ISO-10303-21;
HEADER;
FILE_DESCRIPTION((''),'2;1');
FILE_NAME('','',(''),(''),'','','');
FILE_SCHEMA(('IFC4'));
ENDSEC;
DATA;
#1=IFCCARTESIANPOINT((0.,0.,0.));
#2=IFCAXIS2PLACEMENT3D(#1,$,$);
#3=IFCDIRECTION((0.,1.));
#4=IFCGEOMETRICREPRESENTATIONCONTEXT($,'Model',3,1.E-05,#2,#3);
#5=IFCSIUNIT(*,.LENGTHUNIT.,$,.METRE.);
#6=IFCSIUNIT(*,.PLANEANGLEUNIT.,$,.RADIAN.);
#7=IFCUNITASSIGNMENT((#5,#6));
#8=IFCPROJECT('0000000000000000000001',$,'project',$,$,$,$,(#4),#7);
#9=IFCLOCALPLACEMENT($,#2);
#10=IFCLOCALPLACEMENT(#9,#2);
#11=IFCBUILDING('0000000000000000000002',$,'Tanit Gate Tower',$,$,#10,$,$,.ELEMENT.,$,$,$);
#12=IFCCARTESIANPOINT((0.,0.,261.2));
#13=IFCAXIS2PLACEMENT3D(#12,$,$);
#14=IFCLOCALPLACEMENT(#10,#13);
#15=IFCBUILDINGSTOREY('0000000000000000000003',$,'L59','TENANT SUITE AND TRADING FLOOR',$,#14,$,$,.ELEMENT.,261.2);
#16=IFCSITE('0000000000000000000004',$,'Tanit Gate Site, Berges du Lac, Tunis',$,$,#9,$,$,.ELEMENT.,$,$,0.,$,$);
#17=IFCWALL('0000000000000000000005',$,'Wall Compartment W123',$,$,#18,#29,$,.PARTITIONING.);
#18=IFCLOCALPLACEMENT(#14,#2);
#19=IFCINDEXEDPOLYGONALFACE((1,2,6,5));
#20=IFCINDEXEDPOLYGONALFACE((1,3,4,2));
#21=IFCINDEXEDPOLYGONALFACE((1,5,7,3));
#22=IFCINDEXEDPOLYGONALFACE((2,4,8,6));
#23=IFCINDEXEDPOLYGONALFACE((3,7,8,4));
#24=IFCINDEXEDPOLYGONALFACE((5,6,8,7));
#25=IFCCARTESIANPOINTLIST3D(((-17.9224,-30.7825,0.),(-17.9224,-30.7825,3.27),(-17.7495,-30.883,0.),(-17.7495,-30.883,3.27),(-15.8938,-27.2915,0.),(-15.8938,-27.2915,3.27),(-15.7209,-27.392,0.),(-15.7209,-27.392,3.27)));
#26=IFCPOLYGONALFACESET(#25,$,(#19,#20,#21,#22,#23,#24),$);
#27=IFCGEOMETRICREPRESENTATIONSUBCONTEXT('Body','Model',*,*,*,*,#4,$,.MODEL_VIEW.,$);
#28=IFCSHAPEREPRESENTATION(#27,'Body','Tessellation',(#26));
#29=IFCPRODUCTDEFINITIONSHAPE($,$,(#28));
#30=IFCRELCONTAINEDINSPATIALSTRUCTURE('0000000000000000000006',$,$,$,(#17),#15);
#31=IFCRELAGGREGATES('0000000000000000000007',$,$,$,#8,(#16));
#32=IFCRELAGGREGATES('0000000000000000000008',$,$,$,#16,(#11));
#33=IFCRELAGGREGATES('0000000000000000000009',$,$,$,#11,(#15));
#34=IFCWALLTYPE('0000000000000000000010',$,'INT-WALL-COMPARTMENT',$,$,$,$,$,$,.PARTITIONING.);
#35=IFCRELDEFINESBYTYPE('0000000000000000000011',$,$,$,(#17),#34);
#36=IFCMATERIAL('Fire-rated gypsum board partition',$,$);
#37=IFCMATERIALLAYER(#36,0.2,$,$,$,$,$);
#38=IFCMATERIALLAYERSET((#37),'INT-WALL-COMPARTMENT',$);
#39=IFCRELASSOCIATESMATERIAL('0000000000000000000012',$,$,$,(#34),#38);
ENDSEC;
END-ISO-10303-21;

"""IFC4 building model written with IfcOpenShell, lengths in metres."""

from ifc_helpers import new_model, si_unit, direction, frame, frame_2d, origin, place, context, subcontext, project, spatial, rectangle, extrude, material, layer, layer_set, type_object, element, save


model = new_model("IFC4")

# Units and contexts
model_context = context("Model", 3, precision=1e-05, world=origin(), true_north=direction((0.0, 1.0)))
body_context = subcontext(model_context, "Body", "Model", "MODEL_VIEW")
ifc_project = project(units=[si_unit("LENGTHUNIT", "METRE"), si_unit("PLANEANGLEUNIT", "RADIAN")], contexts=[model_context])

# Site, building, storey
site_placement = place(None, origin())
site = spatial("IfcSite", under=ifc_project, at=site_placement, Name="Tanit Gate Site, Berges du Lac, Tunis", CompositionType="ELEMENT", RefElevation=0.0)
building_placement = place(site_placement, origin())
building = spatial("IfcBuilding", under=site, at=building_placement, Name="Tanit Gate Tower", CompositionType="ELEMENT")
storey_placement = place(building_placement, frame((0.0, 0.0, 261.2)))
storey = spatial("IfcBuildingStorey", under=building, at=storey_placement, Name="L59", Description="TENANT SUITE AND TRADING FLOOR", CompositionType="ELEMENT", Elevation=261.2)

# Wall
ifc_material_1 = material(Name="Fire-rated gypsum board partition")
ifc_layer_1 = layer(ifc_material_1, 0.2)
ifc_layer_set_1 = layer_set([ifc_layer_1], Name="INT-WALL-COMPARTMENT")
wall_type_1 = type_object("IfcWallType", Name="INT-WALL-COMPARTMENT", PredefinedType="PARTITIONING", material=ifc_layer_set_1)
wall_1_placement = place(storey_placement, frame((-17.8359, -30.8328, 0.0), z_axis=(0.0, 0.0, 1.0), x_axis=(0.502423, 0.864622, 0.0)))
element("IfcWall", 1, at=wall_1_placement, inside=storey, type_object=wall_type_1, Name="Wall Compartment W123", PredefinedType="PARTITIONING", context=body_context, shape_type="SweptSolid", body=[
    extrude(rectangle(XDim=4.0376, YDim=0.2, at=frame_2d((2.0188, 0.0))), origin(), (0.0, 0.0, 1.0), 3.27),
])

save(model, "model.ifc")
